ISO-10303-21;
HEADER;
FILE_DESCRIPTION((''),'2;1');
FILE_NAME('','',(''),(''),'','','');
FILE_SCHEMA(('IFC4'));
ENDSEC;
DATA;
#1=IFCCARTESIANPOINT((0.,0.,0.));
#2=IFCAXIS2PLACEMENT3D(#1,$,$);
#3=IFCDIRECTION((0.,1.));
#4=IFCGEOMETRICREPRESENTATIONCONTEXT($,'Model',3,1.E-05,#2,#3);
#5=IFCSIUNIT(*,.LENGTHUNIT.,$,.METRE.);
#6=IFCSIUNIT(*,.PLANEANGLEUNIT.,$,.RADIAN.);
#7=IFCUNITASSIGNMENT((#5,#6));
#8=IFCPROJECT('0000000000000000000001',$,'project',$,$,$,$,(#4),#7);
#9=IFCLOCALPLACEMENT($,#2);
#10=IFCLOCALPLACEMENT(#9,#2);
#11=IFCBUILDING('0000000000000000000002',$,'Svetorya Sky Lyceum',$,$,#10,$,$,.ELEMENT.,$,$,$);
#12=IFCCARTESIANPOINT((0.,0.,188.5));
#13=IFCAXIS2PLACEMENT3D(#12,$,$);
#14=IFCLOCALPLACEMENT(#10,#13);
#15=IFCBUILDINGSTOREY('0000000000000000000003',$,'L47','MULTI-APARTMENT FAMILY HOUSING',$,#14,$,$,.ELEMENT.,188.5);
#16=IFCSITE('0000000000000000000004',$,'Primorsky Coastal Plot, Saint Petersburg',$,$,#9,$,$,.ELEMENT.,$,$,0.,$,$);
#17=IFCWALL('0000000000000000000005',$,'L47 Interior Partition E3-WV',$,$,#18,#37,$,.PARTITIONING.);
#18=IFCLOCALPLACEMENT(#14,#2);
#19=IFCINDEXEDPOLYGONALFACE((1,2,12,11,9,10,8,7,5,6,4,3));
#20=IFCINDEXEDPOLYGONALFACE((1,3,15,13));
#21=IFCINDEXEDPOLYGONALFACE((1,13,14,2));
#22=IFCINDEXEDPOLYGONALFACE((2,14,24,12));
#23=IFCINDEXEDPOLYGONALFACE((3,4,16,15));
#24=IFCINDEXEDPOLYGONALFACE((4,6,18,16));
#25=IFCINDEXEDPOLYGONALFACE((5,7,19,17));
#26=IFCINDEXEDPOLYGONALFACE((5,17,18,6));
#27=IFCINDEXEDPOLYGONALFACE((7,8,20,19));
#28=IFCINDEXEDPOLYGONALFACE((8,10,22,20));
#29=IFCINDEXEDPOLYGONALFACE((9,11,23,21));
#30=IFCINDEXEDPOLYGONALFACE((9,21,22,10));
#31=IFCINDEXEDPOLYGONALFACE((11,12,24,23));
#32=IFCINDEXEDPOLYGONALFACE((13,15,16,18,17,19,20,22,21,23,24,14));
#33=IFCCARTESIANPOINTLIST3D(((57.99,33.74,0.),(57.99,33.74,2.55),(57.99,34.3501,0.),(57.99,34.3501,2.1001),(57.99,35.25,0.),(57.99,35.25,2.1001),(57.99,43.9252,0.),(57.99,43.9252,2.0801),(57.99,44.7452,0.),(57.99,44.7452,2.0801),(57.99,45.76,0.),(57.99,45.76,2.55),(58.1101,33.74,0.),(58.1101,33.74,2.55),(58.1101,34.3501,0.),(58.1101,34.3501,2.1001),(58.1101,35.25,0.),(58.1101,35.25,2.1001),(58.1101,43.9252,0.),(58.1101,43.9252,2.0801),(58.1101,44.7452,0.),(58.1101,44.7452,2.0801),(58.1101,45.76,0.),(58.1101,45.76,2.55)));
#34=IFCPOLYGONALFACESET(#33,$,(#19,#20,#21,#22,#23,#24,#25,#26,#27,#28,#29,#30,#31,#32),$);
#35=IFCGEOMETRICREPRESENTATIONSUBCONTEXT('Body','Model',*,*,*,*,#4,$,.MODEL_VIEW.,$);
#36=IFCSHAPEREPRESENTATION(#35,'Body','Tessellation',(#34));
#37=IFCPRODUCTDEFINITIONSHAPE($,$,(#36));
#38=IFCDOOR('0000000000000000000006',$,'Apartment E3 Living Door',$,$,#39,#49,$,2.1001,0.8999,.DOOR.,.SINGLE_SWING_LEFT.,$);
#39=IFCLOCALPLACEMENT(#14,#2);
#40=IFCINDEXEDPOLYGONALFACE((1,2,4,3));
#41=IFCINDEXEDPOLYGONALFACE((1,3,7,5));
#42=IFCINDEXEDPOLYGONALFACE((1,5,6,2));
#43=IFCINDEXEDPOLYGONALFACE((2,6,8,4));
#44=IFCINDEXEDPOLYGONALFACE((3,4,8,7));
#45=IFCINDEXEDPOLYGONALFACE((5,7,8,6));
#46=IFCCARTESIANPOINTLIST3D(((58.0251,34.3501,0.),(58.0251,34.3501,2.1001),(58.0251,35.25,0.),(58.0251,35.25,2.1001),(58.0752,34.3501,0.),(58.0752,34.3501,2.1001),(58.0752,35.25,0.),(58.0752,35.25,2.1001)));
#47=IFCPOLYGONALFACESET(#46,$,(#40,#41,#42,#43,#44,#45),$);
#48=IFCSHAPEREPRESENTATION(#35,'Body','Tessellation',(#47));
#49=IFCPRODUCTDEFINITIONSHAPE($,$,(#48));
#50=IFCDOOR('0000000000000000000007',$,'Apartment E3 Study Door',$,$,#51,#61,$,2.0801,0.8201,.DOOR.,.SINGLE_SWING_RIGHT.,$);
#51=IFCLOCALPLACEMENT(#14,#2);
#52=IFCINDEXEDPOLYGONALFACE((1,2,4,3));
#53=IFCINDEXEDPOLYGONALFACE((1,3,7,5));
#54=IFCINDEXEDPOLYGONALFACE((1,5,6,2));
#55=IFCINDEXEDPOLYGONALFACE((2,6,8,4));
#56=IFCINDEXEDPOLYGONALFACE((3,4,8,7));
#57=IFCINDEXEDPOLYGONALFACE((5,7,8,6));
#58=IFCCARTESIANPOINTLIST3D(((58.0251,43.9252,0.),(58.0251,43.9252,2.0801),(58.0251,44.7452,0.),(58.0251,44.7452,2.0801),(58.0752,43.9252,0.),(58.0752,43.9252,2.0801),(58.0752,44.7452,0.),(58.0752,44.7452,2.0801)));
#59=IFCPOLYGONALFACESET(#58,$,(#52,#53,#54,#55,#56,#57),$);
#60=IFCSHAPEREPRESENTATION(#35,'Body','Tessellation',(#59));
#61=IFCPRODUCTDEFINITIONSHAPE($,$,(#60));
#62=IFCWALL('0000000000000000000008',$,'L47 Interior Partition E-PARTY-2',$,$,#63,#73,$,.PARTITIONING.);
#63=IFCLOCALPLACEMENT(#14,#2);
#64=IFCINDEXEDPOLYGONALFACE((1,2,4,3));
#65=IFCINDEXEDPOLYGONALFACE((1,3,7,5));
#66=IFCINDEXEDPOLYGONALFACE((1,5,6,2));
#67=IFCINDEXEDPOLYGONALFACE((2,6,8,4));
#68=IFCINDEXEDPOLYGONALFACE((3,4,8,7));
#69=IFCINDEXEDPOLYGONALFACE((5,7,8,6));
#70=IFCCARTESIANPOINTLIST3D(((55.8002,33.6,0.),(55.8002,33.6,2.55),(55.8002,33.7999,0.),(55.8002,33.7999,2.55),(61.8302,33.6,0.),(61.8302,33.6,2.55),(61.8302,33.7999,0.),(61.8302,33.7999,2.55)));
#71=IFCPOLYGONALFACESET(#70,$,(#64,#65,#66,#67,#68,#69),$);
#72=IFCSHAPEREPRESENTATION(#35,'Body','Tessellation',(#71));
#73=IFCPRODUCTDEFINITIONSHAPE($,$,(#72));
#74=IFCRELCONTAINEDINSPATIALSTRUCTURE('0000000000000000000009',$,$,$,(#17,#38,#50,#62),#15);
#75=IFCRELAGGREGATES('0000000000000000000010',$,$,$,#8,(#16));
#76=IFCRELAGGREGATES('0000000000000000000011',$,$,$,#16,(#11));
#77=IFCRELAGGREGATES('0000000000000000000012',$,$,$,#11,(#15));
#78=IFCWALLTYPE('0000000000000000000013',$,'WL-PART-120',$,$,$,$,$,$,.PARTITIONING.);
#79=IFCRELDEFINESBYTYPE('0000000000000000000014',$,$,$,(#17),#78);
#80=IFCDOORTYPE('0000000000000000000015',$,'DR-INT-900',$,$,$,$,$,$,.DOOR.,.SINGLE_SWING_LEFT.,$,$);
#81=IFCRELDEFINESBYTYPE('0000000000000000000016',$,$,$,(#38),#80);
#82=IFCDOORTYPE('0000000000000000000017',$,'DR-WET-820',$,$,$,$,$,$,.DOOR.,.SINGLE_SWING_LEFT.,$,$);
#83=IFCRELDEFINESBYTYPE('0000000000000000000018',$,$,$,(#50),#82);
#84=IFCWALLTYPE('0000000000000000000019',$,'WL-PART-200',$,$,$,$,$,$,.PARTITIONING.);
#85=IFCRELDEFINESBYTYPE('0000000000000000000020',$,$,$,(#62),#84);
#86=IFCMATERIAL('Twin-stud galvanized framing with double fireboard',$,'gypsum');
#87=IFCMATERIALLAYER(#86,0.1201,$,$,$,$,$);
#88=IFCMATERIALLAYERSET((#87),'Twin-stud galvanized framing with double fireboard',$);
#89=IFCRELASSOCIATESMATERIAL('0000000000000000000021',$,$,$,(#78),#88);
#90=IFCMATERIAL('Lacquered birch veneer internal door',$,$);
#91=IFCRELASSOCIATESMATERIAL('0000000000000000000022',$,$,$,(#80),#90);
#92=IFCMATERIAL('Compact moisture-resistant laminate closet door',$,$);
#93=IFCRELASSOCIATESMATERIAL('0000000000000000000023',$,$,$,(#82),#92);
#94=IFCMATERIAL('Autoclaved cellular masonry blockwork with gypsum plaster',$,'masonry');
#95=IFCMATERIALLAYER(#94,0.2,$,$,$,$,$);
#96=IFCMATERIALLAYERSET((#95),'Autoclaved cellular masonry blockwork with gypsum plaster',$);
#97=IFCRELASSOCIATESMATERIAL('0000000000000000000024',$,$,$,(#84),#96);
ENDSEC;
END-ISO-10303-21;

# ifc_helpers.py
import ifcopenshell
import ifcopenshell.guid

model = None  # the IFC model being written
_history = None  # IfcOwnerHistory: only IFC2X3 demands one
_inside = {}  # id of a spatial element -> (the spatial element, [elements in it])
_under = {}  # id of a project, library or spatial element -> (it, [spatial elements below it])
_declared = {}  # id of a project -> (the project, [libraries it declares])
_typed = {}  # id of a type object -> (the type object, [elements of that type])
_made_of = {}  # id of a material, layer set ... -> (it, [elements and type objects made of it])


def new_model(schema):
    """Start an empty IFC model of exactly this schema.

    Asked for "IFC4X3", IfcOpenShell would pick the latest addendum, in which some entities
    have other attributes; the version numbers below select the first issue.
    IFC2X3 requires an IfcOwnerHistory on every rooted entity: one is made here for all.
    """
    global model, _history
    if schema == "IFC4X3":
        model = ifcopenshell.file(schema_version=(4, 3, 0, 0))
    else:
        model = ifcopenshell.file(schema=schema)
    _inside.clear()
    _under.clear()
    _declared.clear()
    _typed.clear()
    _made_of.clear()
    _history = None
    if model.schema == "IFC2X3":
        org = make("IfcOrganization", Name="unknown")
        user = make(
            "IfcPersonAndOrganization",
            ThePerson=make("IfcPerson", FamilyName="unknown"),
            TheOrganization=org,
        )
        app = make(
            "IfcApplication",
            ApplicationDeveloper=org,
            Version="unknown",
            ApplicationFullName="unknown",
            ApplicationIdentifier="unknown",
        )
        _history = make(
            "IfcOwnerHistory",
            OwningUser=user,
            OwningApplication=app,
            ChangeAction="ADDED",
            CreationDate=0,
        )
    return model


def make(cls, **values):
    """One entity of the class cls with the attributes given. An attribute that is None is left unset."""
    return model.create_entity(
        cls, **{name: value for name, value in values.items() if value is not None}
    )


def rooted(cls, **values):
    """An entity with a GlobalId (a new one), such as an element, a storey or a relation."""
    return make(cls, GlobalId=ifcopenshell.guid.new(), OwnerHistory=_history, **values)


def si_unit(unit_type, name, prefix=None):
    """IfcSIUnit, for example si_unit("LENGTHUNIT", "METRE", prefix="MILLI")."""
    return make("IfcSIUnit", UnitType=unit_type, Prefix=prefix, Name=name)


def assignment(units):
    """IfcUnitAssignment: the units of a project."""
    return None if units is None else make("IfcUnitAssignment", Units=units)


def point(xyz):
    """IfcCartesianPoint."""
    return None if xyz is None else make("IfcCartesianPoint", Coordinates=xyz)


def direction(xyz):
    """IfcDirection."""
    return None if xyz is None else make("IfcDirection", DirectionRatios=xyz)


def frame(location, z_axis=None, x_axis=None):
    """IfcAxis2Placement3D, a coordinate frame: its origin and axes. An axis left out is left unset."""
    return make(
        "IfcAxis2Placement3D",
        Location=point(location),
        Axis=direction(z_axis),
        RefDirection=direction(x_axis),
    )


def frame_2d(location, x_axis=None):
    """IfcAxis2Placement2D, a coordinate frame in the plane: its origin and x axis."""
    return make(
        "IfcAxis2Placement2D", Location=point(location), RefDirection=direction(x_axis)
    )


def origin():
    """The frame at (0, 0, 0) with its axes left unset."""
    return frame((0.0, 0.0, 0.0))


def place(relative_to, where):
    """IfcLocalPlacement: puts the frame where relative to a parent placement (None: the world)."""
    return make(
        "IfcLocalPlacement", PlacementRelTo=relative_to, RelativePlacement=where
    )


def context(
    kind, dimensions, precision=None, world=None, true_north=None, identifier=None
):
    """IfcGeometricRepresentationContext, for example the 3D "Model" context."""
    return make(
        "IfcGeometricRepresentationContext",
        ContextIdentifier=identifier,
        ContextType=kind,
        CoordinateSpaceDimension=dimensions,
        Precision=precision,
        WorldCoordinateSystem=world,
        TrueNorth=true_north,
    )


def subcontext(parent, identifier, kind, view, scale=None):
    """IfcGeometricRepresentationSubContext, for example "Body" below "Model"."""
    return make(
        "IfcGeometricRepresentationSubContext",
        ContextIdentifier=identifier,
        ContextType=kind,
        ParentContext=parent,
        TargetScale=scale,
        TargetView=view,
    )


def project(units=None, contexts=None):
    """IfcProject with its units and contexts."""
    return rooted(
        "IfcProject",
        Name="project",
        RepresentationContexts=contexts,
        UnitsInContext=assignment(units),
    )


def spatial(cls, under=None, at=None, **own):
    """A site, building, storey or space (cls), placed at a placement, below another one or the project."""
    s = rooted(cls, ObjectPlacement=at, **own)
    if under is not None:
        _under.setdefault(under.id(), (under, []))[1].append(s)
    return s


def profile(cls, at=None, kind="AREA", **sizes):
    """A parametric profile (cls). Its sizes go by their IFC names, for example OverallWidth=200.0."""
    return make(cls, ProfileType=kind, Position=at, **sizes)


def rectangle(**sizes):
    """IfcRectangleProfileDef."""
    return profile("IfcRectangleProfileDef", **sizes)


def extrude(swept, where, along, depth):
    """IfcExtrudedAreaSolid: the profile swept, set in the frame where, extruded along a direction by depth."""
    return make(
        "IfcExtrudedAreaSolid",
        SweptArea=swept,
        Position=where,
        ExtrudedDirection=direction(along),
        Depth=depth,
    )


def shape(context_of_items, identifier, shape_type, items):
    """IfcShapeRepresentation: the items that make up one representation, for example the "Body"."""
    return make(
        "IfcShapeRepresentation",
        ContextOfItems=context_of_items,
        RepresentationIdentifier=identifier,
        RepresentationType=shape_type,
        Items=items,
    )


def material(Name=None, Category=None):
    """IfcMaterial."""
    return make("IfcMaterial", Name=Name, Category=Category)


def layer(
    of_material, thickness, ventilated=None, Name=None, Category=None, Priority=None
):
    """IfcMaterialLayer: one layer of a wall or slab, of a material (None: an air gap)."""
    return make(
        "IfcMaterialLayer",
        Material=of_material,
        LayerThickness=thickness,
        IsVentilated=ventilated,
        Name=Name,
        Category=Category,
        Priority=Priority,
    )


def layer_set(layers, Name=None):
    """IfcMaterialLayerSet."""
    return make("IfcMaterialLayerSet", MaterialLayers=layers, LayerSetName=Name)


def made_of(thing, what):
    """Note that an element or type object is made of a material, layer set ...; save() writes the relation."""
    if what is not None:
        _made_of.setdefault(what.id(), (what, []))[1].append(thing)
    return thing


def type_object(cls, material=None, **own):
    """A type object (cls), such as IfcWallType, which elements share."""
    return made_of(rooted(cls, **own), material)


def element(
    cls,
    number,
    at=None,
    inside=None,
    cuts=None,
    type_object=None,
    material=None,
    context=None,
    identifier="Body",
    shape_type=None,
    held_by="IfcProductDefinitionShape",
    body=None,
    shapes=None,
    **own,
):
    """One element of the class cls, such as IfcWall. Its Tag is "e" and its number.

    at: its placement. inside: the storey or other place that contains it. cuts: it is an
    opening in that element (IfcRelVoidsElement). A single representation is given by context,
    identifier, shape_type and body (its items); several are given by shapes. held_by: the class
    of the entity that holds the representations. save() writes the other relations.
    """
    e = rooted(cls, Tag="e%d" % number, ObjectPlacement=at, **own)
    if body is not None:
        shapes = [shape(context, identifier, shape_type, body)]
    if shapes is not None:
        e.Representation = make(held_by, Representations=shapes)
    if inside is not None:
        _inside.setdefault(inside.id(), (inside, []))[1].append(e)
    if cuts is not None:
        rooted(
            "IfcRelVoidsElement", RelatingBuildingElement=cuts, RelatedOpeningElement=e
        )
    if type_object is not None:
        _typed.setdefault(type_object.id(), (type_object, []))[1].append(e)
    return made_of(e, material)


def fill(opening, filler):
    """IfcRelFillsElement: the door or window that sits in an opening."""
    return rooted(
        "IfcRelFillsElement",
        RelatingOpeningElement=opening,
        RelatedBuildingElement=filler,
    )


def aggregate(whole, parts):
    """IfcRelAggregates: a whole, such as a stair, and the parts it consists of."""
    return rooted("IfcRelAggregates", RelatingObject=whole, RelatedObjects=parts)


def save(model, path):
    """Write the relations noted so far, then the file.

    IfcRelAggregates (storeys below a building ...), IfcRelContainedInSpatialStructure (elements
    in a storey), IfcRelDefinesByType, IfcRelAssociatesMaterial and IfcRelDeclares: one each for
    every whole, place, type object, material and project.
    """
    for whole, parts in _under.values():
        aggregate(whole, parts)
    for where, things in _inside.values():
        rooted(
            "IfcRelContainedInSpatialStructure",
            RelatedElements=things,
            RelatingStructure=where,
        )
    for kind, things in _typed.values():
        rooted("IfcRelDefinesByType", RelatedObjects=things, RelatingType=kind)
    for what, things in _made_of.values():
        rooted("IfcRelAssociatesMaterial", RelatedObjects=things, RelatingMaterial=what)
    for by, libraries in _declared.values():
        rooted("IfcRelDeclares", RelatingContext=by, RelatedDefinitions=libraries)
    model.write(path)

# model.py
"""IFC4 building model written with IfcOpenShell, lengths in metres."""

from ifc_helpers import new_model, si_unit, direction, frame, frame_2d, origin, place, context, subcontext, project, spatial, rectangle, extrude, material, layer, layer_set, type_object, element, fill, save


model = new_model("IFC4")

# Units and contexts
model_context = context("Model", 3, precision=1e-05, world=origin(), true_north=direction((0.0, 1.0)))
body_context = subcontext(model_context, "Body", "Model", "MODEL_VIEW")
ifc_project = project(units=[si_unit("LENGTHUNIT", "METRE"), si_unit("PLANEANGLEUNIT", "RADIAN")], contexts=[model_context])

# Site, building, storey
site_placement = place(None, origin())
site = spatial("IfcSite", under=ifc_project, at=site_placement, Name="Primorsky Coastal Plot, Saint Petersburg", CompositionType="ELEMENT", RefElevation=0.0)
building_placement = place(site_placement, origin())
building = spatial("IfcBuilding", under=site, at=building_placement, Name="Svetorya Sky Lyceum", CompositionType="ELEMENT")
storey_placement = place(building_placement, frame((0.0, 0.0, 188.5)))
storey = spatial("IfcBuildingStorey", under=building, at=storey_placement, Name="L47", Description="MULTI-APARTMENT FAMILY HOUSING", CompositionType="ELEMENT", Elevation=188.5)

# Wall, openings, doors
ifc_material_1 = material(Name="Twin-stud galvanized framing with double fireboard", Category="gypsum")
ifc_layer_1 = layer(ifc_material_1, 0.1201)
ifc_layer_set_1 = layer_set([ifc_layer_1], Name="Twin-stud galvanized framing with double fireboard")
wall_type_1 = type_object("IfcWallType", Name="WL-PART-120", PredefinedType="PARTITIONING", material=ifc_layer_set_1)
wall_1_placement = place(storey_placement, frame((58.05, 33.74, 0.0), z_axis=(0.0, 0.0, 1.0), x_axis=(0.0, 1.0, 0.0)))
wall_1 = element("IfcWall", 1, at=wall_1_placement, inside=storey, type_object=wall_type_1, Name="L47 Interior Partition E3-WV", PredefinedType="PARTITIONING", context=body_context, shape_type="SweptSolid", body=[
    extrude(rectangle(XDim=12.02, YDim=0.1201, at=frame_2d((6.01, 0.0))), origin(), (0.0, 0.0, 1.0), 2.55),
])
opening_1_placement = place(wall_1_placement, frame((0.6101, 0.0, 0.0)))
opening_1 = element("IfcOpeningElement", 2, at=opening_1_placement, cuts=wall_1, PredefinedType="OPENING", context=body_context, shape_type="SweptSolid", body=[
    extrude(rectangle(XDim=0.8999, YDim=2.1001, at=frame_2d((0.45, 1.05))), frame((0.0, 0.0701, 0.0), z_axis=(0.0, -1.0, 0.0), x_axis=(1.0, 0.0, 0.0)), (0.0, 0.0, 1.0), 0.1401),
])
opening_2_placement = place(wall_1_placement, frame((10.1851, 0.0, 0.0)))
opening_2 = element("IfcOpeningElement", 3, at=opening_2_placement, cuts=wall_1, PredefinedType="OPENING", context=body_context, shape_type="SweptSolid", body=[
    extrude(rectangle(XDim=0.8201, YDim=2.0801, at=frame_2d((0.4102, 1.04))), frame((0.0, 0.0701, 0.0), z_axis=(0.0, -1.0, 0.0), x_axis=(1.0, 0.0, 0.0)), (0.0, 0.0, 1.0), 0.1401),
])
ifc_material_2 = material(Name="Lacquered birch veneer internal door")
door_type_1 = type_object("IfcDoorType", Name="DR-INT-900", OperationType="SINGLE_SWING_LEFT", PredefinedType="DOOR", material=ifc_material_2)
door_1_placement = place(opening_1_placement, origin())
door_1 = element("IfcDoor", 4, at=door_1_placement, inside=storey, type_object=door_type_1, Name="Apartment E3 Living Door", OperationType="SINGLE_SWING_LEFT", OverallHeight=2.1001, OverallWidth=0.8999, PredefinedType="DOOR", context=body_context, shape_type="SweptSolid", body=[
    extrude(rectangle(XDim=0.8999, YDim=2.1001, at=frame_2d((0.45, 1.05))), frame((0.0, 0.0249, 0.0), z_axis=(0.0, -1.0, 0.0), x_axis=(1.0, 0.0, 0.0)), (0.0, 0.0, 1.0), 0.05),
])
fill(opening_1, door_1)
ifc_material_3 = material(Name="Compact moisture-resistant laminate closet door")
door_type_2 = type_object("IfcDoorType", Name="DR-WET-820", OperationType="SINGLE_SWING_LEFT", PredefinedType="DOOR", material=ifc_material_3)
door_2_placement = place(opening_2_placement, origin())
door_2 = element("IfcDoor", 5, at=door_2_placement, inside=storey, type_object=door_type_2, Name="Apartment E3 Study Door", OperationType="SINGLE_SWING_RIGHT", OverallHeight=2.0801, OverallWidth=0.8201, PredefinedType="DOOR", context=body_context, shape_type="SweptSolid", body=[
    extrude(rectangle(XDim=0.8201, YDim=2.0801, at=frame_2d((0.4102, 1.04))), frame((0.0, 0.0249, 0.0), z_axis=(0.0, -1.0, 0.0), x_axis=(1.0, 0.0, 0.0)), (0.0, 0.0, 1.0), 0.05),
])
fill(opening_2, door_2)

# Wall
ifc_material_4 = material(Name="Autoclaved cellular masonry blockwork with gypsum plaster", Category="masonry")
ifc_layer_2 = layer(ifc_material_4, 0.2)
ifc_layer_set_2 = layer_set([ifc_layer_2], Name="Autoclaved cellular masonry blockwork with gypsum plaster")
wall_type_2 = type_object("IfcWallType", Name="WL-PART-200", PredefinedType="PARTITIONING", material=ifc_layer_set_2)
wall_2_placement = place(storey_placement, frame((55.8, 33.7, 0.0), z_axis=(0.0, 0.0, 1.0), x_axis=(1.0, 0.0, 0.0)))
element("IfcWall", 6, at=wall_2_placement, inside=storey, type_object=wall_type_2, Name="L47 Interior Partition E-PARTY-2", PredefinedType="PARTITIONING", context=body_context, shape_type="SweptSolid", body=[
    extrude(rectangle(XDim=6.03, YDim=0.2, at=frame_2d((3.0151, 0.0))), origin(), (0.0, 0.0, 1.0), 2.55),
])

save(model, "model.ifc")
